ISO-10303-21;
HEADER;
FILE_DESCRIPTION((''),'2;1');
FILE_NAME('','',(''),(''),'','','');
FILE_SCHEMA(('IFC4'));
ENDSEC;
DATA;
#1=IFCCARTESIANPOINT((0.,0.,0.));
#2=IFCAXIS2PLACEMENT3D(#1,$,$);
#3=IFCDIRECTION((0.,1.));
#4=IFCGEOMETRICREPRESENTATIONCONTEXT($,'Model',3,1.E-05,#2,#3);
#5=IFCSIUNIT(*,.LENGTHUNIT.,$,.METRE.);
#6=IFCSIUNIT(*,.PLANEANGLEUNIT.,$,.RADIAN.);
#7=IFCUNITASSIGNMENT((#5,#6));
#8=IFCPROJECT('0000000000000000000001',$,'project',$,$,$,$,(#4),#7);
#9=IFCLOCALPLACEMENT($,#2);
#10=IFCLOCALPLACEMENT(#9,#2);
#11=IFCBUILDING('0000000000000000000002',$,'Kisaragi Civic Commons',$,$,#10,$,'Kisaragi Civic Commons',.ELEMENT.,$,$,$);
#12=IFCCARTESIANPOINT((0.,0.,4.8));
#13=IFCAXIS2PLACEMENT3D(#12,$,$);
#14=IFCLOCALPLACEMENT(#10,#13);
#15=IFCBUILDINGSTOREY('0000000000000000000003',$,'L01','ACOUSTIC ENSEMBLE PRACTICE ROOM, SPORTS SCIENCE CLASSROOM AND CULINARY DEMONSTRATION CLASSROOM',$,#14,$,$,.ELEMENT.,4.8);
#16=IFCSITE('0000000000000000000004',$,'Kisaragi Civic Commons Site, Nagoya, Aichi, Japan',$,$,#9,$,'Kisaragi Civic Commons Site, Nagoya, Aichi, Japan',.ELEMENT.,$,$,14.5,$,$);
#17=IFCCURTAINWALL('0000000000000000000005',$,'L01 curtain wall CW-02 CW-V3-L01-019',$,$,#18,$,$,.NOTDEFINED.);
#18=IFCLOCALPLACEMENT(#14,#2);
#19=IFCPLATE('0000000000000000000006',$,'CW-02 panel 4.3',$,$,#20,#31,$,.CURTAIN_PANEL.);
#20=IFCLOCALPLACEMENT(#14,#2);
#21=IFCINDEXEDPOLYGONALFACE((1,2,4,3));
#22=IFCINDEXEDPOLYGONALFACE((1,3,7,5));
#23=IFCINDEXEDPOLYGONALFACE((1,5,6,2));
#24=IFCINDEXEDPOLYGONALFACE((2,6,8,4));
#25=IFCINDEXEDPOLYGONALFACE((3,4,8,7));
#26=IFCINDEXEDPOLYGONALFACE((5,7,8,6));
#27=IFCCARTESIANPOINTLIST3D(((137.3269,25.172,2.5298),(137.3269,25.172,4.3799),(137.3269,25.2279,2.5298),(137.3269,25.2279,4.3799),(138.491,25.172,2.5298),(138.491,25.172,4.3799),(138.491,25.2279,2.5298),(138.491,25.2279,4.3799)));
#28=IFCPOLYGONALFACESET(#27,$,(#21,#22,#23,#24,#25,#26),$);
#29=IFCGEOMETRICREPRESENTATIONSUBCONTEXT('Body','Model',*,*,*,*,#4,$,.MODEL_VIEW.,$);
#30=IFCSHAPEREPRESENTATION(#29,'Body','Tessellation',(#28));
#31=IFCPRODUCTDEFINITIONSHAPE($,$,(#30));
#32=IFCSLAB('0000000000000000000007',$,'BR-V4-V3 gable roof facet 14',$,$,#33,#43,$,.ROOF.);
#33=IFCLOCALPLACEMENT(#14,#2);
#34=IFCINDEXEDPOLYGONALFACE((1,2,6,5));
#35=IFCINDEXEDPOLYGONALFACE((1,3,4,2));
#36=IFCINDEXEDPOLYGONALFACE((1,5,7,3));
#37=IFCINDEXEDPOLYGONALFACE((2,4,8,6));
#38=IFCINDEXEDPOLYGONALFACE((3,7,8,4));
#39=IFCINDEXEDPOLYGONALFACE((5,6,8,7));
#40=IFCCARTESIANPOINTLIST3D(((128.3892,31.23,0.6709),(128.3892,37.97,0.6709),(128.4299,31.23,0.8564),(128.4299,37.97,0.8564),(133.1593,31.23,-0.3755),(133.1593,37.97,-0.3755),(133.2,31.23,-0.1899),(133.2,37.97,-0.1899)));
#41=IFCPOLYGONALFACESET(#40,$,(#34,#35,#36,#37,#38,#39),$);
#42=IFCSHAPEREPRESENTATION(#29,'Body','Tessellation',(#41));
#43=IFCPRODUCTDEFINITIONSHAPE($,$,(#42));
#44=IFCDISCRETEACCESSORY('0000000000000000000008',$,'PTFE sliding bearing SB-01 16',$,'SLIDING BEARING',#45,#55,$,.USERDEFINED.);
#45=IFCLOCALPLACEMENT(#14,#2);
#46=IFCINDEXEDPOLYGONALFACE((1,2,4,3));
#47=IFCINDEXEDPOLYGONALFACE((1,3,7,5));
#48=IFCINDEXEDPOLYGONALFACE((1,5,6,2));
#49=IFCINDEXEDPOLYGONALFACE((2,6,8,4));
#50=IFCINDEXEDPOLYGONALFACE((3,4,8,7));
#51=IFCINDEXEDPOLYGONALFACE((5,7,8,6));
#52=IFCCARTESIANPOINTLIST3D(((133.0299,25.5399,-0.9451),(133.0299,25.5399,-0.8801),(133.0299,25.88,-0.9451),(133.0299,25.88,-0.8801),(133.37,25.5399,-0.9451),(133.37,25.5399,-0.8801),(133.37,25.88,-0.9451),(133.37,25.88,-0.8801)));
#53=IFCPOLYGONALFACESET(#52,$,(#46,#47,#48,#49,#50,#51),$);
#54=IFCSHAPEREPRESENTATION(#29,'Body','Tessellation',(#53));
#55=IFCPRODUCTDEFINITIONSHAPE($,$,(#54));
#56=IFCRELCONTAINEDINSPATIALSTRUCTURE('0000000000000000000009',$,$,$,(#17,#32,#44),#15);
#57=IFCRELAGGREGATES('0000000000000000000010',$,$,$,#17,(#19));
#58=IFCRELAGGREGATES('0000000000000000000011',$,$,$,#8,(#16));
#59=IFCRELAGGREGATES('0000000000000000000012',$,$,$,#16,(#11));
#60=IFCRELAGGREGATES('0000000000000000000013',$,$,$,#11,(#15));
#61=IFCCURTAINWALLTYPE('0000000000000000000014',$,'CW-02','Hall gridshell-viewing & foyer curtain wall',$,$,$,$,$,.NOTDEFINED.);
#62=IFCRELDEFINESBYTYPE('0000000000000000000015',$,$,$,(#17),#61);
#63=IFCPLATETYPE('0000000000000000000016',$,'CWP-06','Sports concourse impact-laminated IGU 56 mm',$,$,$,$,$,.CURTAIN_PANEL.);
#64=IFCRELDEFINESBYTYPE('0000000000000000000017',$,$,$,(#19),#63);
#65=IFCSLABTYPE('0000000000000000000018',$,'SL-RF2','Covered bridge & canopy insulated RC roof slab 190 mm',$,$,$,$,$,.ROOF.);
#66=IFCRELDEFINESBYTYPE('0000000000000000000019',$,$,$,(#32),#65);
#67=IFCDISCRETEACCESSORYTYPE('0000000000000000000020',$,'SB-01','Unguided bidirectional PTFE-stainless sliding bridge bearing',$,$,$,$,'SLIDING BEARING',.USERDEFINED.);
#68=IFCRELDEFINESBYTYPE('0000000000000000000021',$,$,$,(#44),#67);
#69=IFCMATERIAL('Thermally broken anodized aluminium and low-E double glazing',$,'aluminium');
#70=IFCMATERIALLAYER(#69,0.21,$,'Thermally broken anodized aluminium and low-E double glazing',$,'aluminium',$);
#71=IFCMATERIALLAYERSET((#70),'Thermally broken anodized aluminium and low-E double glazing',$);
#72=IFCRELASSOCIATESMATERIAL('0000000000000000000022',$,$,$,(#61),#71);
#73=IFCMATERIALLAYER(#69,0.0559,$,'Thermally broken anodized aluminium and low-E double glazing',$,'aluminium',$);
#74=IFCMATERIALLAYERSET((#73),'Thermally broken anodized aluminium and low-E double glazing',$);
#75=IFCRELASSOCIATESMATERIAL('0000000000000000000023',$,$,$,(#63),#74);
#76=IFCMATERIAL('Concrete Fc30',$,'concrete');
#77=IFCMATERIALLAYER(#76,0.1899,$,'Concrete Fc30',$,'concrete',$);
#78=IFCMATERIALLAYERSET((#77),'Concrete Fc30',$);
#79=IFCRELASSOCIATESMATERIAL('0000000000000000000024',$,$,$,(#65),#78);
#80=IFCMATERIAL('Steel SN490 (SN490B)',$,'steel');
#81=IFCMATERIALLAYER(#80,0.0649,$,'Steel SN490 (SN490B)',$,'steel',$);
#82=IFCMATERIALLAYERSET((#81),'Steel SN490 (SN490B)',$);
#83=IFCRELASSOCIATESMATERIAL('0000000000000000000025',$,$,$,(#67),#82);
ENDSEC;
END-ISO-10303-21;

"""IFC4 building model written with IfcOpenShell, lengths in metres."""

from ifc_helpers import new_model, si_unit, direction, frame, origin, origin_2d, place, context, subcontext, project, spatial, polyline, rectangle, outline, extrude, material, layer, layer_set, type_object, element, aggregate, save


model = new_model("IFC4")

# Units and contexts
model_context = context("Model", 3, precision=1e-05, world=origin(), true_north=direction((0.0, 1.0)))
body_context = subcontext(model_context, "Body", "Model", "MODEL_VIEW")
ifc_project = project(units=[si_unit("LENGTHUNIT", "METRE"), si_unit("PLANEANGLEUNIT", "RADIAN")], contexts=[model_context])

# Site, building, storey
site_placement = place(None, origin())
site = spatial("IfcSite", under=ifc_project, at=site_placement, Name="Kisaragi Civic Commons Site, Nagoya, Aichi, Japan", LongName="Kisaragi Civic Commons Site, Nagoya, Aichi, Japan", CompositionType="ELEMENT", RefElevation=14.5)
building_placement = place(site_placement, origin())
building = spatial("IfcBuilding", under=site, at=building_placement, Name="Kisaragi Civic Commons", LongName="Kisaragi Civic Commons", CompositionType="ELEMENT")
storey_placement = place(building_placement, frame((0.0, 0.0, 4.8)))
storey = spatial("IfcBuildingStorey", under=building, at=storey_placement, Name="L01", Description="ACOUSTIC ENSEMBLE PRACTICE ROOM, SPORTS SCIENCE CLASSROOM AND CULINARY DEMONSTRATION CLASSROOM", CompositionType="ELEMENT", Elevation=4.8)

# Curtain wall
ifc_material_1 = material(Name="Thermally broken anodized aluminium and low-E double glazing", Category="aluminium")
ifc_layer_1 = layer(ifc_material_1, 0.21, Name="Thermally broken anodized aluminium and low-E double glazing", Category="aluminium")
ifc_layer_set_1 = layer_set([ifc_layer_1], Name="Thermally broken anodized aluminium and low-E double glazing")
curtain_wall_type = type_object("IfcCurtainWallType", Name="CW-02", Description="Hall gridshell-viewing & foyer curtain wall", PredefinedType="NOTDEFINED", material=ifc_layer_set_1)
curtain_wall_placement = place(storey_placement, origin())
curtain_wall = element("IfcCurtainWall", 1, at=curtain_wall_placement, inside=storey, type_object=curtain_wall_type, Name="L01 curtain wall CW-02 CW-V3-L01-019", PredefinedType="NOTDEFINED")

# Shared definitions
ifc_material_2 = material(Name="Steel SN490 (SN490B)", Category="steel")

# Plate
ifc_layer_2 = layer(ifc_material_1, 0.0559, Name="Thermally broken anodized aluminium and low-E double glazing", Category="aluminium")
ifc_layer_set_2 = layer_set([ifc_layer_2], Name="Thermally broken anodized aluminium and low-E double glazing")
plate_type = type_object("IfcPlateType", Name="CWP-06", Description="Sports concourse impact-laminated IGU 56 mm", PredefinedType="CURTAIN_PANEL", material=ifc_layer_set_2)
plate_1_placement = place(storey_placement, frame((137.9089, 25.2, 2.5298), z_axis=(0.0, 0.0, 1.0), x_axis=(1.0, 0.0, 0.0)))
plate_1 = element("IfcPlate", 2, at=plate_1_placement, type_object=plate_type, Name="CW-02 panel 4.3", PredefinedType="CURTAIN_PANEL", context=body_context, shape_type="SweptSolid", body=[
    extrude(rectangle(XDim=1.1641, YDim=0.0559, at=origin_2d()), origin(), (0.0, 0.0, 1.0), 1.8501),
])
aggregate(curtain_wall, [plate_1])

# Slab
ifc_material_3 = material(Name="Concrete Fc30", Category="concrete")
ifc_layer_3 = layer(ifc_material_3, 0.1899, Name="Concrete Fc30", Category="concrete")
ifc_layer_set_3 = layer_set([ifc_layer_3], Name="Concrete Fc30")
slab_type = type_object("IfcSlabType", Name="SL-RF2", Description="Covered bridge & canopy insulated RC roof slab 190 mm", PredefinedType="ROOF", material=ifc_layer_set_3)
slab_placement = place(storey_placement, frame((128.4299, 31.23, 0.8564), z_axis=(0.214272, 0.0, 0.976774), x_axis=(0.976774, 0.0, -0.214272)))
element("IfcSlab", 3, at=slab_placement, inside=storey, type_object=slab_type, Name="BR-V4-V3 gable roof facet 14", PredefinedType="ROOF", context=body_context, shape_type="SweptSolid", body=[
    extrude(outline(polyline([(0.0, 0.0), (4.8834, 0.0), (4.8834, 6.74), (0.0, 6.74), (0.0, 0.0)])), origin(), (0.0, 0.0, -1.0), 0.1899),
])

# Discrete accessory
ifc_layer_4 = layer(ifc_material_2, 0.0649, Name="Steel SN490 (SN490B)", Category="steel")
ifc_layer_set_4 = layer_set([ifc_layer_4], Name="Steel SN490 (SN490B)")
discrete_accessory_type = type_object("IfcDiscreteAccessoryType", Name="SB-01", Description="Unguided bidirectional PTFE-stainless sliding bridge bearing", ElementType="SLIDING BEARING", PredefinedType="USERDEFINED", material=ifc_layer_set_4)
discrete_accessory_placement = place(storey_placement, frame((133.2, 25.71, -0.9451), z_axis=(0.0, 0.0, 1.0), x_axis=(1.0, 0.0, 0.0)))
element("IfcDiscreteAccessory", 4, at=discrete_accessory_placement, inside=storey, type_object=discrete_accessory_type, Name="PTFE sliding bearing SB-01 16", ObjectType="SLIDING BEARING", PredefinedType="USERDEFINED", context=body_context, shape_type="SweptSolid", body=[
    extrude(rectangle(XDim=0.3401, YDim=0.3401, at=origin_2d()), origin(), (0.0, 0.0, 1.0), 0.0649),
])

save(model, "model.ifc")
